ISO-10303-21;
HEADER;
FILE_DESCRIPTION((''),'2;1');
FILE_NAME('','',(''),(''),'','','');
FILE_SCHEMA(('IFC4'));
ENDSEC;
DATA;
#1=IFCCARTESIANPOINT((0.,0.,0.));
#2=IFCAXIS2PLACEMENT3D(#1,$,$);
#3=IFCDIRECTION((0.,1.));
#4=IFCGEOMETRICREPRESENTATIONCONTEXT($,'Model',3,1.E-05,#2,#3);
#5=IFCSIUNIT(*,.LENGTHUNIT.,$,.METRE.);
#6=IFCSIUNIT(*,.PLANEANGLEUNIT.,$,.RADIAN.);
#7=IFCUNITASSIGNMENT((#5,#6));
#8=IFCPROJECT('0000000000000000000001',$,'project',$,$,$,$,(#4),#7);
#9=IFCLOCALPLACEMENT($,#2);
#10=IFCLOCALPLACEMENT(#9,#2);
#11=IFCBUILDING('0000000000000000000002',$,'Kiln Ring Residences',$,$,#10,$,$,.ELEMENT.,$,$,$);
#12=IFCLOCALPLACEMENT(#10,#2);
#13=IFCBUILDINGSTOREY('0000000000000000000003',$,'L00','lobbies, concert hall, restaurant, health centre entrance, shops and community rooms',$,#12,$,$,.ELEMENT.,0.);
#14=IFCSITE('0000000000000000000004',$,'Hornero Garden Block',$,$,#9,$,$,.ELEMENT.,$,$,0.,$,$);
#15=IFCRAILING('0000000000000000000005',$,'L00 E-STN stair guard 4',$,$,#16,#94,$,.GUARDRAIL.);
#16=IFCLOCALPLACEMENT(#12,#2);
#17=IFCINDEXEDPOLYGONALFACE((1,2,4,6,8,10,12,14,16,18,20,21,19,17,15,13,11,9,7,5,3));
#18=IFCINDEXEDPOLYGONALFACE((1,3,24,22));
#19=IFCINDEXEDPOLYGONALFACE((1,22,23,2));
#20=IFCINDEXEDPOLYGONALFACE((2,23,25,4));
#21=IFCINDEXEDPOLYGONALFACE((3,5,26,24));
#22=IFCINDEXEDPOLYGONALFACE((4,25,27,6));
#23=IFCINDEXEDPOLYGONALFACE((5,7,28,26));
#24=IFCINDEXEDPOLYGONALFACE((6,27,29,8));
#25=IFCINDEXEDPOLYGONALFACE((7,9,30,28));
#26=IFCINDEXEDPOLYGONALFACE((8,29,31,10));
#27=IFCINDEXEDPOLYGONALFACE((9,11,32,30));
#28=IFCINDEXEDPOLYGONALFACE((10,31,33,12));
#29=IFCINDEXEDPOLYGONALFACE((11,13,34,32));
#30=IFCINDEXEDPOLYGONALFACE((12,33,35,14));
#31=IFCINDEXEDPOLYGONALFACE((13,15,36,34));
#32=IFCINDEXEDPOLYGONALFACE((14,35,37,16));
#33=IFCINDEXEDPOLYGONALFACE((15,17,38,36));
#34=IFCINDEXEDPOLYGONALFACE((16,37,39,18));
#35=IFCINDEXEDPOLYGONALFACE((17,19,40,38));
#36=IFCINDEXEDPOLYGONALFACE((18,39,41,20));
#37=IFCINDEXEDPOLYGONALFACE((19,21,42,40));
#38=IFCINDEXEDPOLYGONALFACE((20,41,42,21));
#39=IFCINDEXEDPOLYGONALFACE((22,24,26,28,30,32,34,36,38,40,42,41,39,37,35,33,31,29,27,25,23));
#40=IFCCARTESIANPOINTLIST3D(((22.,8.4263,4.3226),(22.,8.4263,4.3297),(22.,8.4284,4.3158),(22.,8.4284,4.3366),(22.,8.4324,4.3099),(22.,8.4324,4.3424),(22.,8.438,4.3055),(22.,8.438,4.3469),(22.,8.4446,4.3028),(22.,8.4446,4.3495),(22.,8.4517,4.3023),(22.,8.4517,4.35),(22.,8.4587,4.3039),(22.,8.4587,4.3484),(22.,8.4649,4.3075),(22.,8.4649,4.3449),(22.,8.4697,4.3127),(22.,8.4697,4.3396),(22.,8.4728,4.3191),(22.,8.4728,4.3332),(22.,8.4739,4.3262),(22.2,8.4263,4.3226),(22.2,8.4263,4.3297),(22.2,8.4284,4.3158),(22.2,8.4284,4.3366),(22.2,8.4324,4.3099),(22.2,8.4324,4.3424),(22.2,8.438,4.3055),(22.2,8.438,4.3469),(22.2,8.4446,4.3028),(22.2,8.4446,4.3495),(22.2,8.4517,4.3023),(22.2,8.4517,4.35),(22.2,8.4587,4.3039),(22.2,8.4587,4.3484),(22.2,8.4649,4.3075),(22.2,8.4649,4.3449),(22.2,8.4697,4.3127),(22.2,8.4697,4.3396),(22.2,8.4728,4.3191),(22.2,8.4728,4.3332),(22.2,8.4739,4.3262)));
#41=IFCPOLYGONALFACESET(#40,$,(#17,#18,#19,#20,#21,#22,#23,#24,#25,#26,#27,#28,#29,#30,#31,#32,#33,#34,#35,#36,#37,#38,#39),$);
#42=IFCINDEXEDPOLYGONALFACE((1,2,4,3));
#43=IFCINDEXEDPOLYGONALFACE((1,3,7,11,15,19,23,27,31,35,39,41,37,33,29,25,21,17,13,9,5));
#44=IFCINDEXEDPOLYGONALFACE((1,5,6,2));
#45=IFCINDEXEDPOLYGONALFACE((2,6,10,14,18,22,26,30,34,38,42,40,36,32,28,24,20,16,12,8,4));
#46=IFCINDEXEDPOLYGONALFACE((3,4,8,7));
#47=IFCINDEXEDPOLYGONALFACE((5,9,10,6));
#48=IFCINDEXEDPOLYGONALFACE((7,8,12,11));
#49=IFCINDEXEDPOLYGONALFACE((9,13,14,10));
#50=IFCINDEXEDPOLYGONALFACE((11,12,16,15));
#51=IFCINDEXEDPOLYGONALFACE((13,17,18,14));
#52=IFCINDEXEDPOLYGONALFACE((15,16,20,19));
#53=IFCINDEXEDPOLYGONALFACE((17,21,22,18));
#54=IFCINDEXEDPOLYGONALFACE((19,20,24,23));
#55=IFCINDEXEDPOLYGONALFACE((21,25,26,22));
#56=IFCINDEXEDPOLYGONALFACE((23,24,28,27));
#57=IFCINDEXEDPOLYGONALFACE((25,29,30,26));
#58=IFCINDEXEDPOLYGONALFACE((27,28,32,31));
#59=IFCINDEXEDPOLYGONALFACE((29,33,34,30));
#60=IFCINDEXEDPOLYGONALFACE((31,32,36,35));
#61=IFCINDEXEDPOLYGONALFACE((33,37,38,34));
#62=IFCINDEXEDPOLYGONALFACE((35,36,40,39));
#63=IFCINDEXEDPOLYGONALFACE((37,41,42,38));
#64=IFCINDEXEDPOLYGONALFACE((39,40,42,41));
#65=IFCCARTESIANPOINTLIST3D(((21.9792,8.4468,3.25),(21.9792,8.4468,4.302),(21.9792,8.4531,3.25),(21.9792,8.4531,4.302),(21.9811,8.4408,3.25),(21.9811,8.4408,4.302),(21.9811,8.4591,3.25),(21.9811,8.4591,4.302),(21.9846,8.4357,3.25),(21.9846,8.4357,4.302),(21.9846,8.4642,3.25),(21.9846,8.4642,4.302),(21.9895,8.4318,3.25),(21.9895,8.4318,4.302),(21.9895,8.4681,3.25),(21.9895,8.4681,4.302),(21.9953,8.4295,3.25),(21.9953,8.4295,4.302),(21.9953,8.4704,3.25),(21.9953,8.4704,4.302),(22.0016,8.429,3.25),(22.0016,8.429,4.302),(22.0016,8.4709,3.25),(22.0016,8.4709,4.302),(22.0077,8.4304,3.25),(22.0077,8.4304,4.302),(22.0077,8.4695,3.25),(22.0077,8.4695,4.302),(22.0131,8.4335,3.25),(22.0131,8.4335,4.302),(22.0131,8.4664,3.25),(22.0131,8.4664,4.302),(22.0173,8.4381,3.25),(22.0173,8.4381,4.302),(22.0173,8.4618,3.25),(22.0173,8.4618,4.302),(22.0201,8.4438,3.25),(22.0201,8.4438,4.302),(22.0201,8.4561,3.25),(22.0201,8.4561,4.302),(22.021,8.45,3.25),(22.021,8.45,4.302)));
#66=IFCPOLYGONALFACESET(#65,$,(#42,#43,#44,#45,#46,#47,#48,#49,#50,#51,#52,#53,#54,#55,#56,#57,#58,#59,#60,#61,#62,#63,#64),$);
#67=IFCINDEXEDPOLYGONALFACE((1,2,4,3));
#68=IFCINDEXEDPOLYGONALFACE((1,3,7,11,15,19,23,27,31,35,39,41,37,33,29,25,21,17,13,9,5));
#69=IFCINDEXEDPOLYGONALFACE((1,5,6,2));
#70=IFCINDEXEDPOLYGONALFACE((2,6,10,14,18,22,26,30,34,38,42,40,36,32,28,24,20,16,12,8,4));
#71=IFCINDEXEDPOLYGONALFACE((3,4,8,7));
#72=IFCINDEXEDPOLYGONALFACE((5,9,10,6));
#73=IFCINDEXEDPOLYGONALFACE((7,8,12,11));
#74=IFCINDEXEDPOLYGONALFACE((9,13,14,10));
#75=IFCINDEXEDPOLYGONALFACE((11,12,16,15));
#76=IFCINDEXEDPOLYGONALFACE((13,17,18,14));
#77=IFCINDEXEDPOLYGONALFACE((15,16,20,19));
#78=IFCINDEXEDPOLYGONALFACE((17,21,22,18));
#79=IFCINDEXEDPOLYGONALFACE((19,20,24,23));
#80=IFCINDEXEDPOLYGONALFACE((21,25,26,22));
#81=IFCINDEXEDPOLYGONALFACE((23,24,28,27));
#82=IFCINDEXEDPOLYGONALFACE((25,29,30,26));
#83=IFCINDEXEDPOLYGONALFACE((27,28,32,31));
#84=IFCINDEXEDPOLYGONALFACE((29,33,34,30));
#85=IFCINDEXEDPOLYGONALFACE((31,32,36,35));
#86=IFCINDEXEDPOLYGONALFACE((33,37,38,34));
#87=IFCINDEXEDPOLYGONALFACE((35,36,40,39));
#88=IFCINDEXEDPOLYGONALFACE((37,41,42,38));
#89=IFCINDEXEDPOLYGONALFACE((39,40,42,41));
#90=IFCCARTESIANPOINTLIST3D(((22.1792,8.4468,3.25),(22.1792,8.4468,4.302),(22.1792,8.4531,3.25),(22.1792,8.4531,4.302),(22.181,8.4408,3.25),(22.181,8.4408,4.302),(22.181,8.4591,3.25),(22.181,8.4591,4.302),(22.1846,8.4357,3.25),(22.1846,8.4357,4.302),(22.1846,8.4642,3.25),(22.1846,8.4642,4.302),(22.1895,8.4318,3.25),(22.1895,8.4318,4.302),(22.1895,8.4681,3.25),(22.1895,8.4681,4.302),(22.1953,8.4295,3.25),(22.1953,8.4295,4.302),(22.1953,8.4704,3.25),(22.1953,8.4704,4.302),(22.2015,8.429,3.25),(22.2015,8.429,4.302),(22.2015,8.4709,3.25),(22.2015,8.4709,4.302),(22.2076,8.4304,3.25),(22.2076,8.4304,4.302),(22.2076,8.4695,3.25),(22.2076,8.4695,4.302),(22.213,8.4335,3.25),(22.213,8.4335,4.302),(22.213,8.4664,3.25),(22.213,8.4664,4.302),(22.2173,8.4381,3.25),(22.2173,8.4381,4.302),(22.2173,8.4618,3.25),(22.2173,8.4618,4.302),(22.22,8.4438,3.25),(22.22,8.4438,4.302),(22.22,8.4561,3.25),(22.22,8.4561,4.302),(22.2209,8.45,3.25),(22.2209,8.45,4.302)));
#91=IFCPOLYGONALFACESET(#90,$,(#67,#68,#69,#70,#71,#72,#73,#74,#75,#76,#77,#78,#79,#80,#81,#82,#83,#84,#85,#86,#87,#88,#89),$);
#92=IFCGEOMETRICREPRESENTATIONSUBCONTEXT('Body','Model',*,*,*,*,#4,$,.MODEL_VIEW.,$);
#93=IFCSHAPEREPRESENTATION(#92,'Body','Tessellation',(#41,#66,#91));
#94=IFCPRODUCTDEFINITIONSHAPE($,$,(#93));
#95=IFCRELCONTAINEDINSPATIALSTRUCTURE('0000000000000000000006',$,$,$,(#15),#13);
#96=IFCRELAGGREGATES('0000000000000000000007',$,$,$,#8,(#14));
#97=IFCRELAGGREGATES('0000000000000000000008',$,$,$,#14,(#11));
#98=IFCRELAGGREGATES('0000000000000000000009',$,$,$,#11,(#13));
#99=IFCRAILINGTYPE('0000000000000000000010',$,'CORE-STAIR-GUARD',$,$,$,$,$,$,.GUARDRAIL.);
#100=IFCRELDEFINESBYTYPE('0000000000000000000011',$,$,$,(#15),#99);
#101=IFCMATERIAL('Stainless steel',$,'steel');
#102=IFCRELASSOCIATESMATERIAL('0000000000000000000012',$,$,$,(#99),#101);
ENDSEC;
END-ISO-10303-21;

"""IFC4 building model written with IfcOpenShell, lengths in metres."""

from ifc_helpers import new_model, si_unit, direction, frame, origin, origin_2d, place, context, subcontext, project, spatial, circle, extrude, material, type_object, element, save


model = new_model("IFC4")

# Units and contexts
model_context = context("Model", 3, precision=1e-05, world=origin(), true_north=direction((0.0, 1.0)))
body_context = subcontext(model_context, "Body", "Model", "MODEL_VIEW")
ifc_project = project(units=[si_unit("LENGTHUNIT", "METRE"), si_unit("PLANEANGLEUNIT", "RADIAN")], contexts=[model_context])

# Site, building, storey
site_placement = place(None, origin())
site = spatial("IfcSite", under=ifc_project, at=site_placement, Name="Hornero Garden Block", CompositionType="ELEMENT", RefElevation=0.0)
building_placement = place(site_placement, origin())
building = spatial("IfcBuilding", under=site, at=building_placement, Name="Kiln Ring Residences", CompositionType="ELEMENT")
storey_placement = place(building_placement, origin())
storey = spatial("IfcBuildingStorey", under=building, at=storey_placement, Name="L00", Description="lobbies, concert hall, restaurant, health centre entrance, shops and community rooms", CompositionType="ELEMENT", Elevation=0.0)

# Railing
ifc_material_1 = material(Name="Stainless steel", Category="steel")
railing_type_1 = type_object("IfcRailingType", Name="CORE-STAIR-GUARD", PredefinedType="GUARDRAIL", material=ifc_material_1)
for number, where, name in (
    (1, (22.0, 8.45, 3.25), "L00 E-STN stair guard 4"),
):
    element("IfcRailing", number, at=place(storey_placement, frame(where)), inside=storey, type_object=railing_type_1, Name=name, PredefinedType="GUARDRAIL", context=body_context, shape_type="SweptSolid", body=[
        extrude(circle(Radius=0.0239, at=origin_2d()), frame((0.0, 0.0, 1.0762), z_axis=(1.0, 0.0, 0.0), x_axis=(0.0, 1.0, 0.0)), (0.0, 0.0, 1.0), 0.2),
        extrude(circle(Radius=0.021, at=origin_2d()), origin(), (0.0, 0.0, 1.0), 1.052),
        extrude(circle(Radius=0.021, at=origin_2d()), frame((0.2, 0.0, 0.0)), (0.0, 0.0, 1.0), 1.052),
    ])

save(model, "model.ifc")
